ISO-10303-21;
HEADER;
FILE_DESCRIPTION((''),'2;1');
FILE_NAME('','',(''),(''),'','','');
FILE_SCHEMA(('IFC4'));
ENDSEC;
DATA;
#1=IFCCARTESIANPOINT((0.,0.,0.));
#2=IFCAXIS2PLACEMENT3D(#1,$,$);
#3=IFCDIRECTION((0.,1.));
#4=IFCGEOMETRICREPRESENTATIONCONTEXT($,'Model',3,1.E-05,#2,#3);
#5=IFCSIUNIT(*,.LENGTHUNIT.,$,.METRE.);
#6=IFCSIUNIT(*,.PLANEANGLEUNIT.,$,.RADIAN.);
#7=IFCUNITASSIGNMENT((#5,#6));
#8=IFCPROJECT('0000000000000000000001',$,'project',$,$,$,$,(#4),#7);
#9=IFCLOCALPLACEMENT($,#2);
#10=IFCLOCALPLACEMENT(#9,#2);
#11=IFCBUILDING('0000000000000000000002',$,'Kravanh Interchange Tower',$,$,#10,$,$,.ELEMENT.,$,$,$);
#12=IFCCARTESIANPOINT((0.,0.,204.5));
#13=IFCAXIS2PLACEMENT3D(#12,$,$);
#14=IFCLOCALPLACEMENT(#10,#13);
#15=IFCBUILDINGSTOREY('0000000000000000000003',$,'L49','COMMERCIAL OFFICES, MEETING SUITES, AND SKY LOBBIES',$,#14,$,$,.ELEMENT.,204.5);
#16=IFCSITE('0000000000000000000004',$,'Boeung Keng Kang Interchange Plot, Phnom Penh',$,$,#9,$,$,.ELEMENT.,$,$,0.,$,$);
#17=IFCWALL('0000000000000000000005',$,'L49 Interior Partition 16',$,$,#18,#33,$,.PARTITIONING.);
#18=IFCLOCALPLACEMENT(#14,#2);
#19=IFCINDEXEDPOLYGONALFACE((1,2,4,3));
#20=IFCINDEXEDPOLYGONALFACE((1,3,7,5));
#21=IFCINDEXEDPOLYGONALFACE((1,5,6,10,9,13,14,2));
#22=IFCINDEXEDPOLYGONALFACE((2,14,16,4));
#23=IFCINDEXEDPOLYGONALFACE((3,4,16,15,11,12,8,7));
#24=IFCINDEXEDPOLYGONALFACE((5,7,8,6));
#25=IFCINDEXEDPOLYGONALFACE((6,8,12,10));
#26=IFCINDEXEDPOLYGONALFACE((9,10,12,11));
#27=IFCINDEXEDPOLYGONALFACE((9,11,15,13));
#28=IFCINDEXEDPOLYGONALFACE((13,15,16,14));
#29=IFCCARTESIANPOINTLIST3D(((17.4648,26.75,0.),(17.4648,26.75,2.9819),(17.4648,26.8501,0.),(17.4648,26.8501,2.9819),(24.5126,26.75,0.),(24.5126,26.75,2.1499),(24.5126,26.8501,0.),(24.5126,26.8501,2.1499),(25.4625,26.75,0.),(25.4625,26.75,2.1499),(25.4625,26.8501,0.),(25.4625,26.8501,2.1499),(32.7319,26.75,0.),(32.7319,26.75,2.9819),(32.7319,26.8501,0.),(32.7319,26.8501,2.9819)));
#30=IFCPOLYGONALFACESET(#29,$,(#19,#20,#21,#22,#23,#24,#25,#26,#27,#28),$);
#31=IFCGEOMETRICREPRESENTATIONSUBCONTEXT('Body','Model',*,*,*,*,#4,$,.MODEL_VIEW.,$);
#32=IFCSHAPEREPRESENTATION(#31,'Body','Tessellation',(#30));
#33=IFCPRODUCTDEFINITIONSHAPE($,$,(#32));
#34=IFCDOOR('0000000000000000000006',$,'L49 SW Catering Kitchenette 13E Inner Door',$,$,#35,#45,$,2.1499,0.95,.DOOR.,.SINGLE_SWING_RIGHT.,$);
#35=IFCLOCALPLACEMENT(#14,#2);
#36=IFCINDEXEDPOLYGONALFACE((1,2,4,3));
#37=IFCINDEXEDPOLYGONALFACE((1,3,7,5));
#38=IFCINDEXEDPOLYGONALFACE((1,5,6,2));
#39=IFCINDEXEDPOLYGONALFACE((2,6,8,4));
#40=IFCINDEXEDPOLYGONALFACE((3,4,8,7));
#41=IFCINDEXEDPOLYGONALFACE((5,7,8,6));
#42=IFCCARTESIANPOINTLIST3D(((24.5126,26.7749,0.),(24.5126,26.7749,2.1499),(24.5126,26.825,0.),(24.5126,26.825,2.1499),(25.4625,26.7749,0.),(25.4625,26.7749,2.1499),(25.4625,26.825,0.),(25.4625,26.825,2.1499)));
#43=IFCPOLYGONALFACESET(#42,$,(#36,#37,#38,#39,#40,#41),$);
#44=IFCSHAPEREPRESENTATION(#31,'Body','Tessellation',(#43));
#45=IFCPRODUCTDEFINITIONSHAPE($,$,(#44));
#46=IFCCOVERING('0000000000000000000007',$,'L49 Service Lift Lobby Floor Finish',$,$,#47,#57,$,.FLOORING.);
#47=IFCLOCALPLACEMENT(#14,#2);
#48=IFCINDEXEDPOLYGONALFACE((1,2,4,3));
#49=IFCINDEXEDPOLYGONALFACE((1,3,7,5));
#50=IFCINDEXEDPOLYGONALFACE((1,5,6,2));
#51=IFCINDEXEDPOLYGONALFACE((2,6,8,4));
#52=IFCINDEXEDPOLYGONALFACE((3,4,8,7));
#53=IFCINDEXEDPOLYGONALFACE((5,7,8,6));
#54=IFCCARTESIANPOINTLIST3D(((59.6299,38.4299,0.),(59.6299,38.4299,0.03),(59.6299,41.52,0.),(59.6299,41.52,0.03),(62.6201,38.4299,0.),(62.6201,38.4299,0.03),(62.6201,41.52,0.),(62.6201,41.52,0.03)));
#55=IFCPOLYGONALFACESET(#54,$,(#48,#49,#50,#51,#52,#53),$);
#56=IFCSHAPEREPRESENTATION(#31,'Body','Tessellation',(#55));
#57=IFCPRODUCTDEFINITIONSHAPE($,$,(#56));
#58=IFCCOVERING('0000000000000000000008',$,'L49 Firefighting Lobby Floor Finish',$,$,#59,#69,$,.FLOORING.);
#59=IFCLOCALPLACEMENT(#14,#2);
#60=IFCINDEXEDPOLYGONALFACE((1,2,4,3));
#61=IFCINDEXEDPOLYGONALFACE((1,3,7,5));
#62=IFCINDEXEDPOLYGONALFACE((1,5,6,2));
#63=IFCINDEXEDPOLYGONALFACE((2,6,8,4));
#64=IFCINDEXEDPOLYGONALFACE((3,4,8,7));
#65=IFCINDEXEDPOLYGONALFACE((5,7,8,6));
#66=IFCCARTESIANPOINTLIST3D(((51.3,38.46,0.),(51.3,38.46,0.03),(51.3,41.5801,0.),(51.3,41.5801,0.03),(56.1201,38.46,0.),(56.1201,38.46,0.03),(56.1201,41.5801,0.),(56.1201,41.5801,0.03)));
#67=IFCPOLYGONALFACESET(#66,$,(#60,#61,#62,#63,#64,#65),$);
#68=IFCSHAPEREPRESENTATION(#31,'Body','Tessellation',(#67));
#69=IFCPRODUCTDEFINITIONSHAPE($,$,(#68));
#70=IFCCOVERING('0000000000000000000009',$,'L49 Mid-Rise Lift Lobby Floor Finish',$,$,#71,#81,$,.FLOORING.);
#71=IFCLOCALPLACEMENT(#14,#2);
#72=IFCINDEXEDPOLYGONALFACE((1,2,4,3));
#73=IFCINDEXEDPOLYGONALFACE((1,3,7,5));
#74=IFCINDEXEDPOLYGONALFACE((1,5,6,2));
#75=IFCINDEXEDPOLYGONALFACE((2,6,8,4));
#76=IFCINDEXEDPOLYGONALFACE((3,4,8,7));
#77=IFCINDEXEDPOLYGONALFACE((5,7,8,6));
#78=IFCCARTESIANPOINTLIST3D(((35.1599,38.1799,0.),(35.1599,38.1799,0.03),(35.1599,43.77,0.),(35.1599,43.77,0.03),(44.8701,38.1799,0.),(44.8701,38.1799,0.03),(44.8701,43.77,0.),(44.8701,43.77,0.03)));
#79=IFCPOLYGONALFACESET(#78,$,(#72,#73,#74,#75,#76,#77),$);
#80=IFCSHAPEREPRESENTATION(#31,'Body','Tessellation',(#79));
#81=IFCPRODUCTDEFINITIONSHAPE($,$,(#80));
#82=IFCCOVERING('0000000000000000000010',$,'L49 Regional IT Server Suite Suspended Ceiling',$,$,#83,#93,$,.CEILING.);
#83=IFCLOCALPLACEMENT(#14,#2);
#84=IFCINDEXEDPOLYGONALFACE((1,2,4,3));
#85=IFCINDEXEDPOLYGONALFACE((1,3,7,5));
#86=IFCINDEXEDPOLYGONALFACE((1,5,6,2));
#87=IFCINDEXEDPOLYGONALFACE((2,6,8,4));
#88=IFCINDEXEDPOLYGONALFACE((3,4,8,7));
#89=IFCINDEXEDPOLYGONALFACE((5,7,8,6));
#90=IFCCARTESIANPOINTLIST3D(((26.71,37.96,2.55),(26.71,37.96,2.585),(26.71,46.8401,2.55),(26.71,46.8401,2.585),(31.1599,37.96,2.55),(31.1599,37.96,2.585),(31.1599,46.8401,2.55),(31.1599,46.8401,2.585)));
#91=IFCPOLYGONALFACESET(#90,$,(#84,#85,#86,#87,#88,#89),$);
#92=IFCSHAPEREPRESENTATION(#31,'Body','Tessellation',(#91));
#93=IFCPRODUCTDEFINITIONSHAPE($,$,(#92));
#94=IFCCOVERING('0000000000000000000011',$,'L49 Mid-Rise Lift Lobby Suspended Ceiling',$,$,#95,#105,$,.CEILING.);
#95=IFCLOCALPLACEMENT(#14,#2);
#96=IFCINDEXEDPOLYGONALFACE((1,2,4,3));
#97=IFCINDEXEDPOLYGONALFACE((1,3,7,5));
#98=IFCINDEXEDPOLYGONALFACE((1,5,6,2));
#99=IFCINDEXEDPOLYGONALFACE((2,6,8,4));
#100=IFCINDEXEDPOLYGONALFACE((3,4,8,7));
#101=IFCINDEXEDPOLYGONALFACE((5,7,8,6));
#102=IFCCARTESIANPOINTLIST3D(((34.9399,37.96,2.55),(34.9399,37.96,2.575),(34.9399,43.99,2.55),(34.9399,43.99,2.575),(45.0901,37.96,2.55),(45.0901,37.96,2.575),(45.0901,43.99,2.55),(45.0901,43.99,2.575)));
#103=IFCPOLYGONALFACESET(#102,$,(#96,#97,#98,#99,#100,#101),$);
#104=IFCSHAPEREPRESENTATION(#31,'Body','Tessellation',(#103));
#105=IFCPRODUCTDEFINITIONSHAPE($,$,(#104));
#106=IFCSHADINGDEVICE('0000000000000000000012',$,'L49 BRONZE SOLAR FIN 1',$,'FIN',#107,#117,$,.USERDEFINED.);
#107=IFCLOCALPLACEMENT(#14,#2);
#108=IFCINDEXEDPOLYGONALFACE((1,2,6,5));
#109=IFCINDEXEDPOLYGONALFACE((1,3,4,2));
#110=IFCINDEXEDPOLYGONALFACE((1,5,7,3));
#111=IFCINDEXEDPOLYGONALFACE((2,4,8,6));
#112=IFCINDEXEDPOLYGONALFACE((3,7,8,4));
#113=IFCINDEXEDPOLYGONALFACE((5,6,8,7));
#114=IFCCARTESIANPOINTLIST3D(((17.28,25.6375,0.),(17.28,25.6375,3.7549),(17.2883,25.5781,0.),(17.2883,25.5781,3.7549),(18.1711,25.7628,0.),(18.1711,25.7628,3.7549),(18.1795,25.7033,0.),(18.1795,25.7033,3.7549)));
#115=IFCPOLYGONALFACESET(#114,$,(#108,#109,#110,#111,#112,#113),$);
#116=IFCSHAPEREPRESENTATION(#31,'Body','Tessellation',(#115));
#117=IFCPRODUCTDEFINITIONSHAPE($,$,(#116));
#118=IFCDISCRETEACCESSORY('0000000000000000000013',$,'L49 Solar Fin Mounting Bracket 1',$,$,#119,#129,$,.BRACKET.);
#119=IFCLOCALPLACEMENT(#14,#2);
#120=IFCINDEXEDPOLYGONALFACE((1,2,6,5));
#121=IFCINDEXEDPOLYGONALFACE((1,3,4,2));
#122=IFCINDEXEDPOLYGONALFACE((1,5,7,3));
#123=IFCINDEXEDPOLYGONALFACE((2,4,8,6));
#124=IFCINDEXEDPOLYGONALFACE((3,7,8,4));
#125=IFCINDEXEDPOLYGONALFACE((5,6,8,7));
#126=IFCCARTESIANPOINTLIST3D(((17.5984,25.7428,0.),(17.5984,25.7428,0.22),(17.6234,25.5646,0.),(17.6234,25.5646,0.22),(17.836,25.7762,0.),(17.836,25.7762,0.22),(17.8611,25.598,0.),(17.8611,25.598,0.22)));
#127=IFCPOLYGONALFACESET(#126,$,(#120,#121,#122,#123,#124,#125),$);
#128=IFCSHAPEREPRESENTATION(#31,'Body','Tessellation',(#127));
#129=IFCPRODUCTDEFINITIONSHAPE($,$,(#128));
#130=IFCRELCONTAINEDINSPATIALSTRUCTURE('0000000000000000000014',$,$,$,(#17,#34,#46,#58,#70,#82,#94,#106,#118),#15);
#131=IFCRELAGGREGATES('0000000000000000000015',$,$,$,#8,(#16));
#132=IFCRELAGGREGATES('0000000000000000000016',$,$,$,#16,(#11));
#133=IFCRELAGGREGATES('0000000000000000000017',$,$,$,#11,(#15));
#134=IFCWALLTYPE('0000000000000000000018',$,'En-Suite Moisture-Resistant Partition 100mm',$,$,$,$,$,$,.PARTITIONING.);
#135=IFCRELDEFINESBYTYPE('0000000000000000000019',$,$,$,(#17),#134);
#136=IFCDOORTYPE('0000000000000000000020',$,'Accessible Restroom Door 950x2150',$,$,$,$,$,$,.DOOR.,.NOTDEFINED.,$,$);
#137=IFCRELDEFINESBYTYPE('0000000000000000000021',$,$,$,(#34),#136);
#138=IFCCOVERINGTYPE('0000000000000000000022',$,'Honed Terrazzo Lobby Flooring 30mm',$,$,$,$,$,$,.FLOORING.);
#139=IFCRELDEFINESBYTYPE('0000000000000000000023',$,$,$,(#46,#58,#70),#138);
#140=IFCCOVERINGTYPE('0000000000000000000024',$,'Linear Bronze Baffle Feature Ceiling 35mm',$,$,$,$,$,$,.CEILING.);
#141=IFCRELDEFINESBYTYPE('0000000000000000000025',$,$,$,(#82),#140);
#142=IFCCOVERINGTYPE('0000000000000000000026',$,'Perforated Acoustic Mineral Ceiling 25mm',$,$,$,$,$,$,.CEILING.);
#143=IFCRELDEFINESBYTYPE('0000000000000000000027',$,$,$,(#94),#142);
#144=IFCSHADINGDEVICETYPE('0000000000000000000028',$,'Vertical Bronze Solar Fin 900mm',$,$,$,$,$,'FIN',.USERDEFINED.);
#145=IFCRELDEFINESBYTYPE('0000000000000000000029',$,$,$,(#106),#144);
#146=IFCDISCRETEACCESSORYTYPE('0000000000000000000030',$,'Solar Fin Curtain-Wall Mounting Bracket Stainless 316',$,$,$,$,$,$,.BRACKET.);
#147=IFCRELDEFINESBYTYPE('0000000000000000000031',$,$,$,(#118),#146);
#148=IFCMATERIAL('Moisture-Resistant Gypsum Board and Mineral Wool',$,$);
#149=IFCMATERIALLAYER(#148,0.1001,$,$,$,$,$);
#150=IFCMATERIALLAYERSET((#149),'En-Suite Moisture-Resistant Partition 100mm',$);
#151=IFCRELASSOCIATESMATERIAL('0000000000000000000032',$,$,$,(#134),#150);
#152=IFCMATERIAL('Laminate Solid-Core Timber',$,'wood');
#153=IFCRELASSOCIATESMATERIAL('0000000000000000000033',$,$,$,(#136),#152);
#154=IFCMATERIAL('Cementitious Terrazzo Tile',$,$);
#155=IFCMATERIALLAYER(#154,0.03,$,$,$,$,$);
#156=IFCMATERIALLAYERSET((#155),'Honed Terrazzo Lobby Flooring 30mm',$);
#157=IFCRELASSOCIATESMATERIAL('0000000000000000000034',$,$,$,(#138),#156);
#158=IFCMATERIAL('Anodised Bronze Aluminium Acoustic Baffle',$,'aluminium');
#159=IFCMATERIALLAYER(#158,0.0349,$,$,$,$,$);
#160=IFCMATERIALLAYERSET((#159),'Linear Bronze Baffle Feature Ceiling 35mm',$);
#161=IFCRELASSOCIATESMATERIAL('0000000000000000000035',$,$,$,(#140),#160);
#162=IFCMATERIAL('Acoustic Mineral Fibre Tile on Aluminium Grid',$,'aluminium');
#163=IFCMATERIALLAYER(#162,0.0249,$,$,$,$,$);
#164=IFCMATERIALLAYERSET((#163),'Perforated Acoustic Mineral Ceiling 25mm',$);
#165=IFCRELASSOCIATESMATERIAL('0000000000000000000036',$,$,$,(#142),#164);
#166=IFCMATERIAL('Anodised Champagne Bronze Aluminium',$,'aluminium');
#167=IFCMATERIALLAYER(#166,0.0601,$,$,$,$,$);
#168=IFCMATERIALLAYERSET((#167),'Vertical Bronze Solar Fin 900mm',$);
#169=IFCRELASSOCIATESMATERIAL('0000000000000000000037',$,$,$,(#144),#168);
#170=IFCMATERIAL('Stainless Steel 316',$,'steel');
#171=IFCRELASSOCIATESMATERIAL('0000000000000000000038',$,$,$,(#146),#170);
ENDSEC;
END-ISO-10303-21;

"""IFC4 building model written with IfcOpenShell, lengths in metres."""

from ifc_helpers import new_model, si_unit, direction, frame, frame_2d, origin, origin_2d, place, context, subcontext, project, spatial, polyline, rectangle, outline, extrude, material, layer, layer_set, type_object, element, fill, save


model = new_model("IFC4")

# Units and contexts
model_context = context("Model", 3, precision=1e-05, world=origin(), true_north=direction((0.0, 1.0)))
body_context = subcontext(model_context, "Body", "Model", "MODEL_VIEW")
ifc_project = project(units=[si_unit("LENGTHUNIT", "METRE"), si_unit("PLANEANGLEUNIT", "RADIAN")], contexts=[model_context])

# Site, building, storey
site_placement = place(None, origin())
site = spatial("IfcSite", under=ifc_project, at=site_placement, Name="Boeung Keng Kang Interchange Plot, Phnom Penh", CompositionType="ELEMENT", RefElevation=0.0)
building_placement = place(site_placement, origin())
building = spatial("IfcBuilding", under=site, at=building_placement, Name="Kravanh Interchange Tower", CompositionType="ELEMENT")
storey_placement = place(building_placement, frame((0.0, 0.0, 204.5)))
storey = spatial("IfcBuildingStorey", under=building, at=storey_placement, Name="L49", Description="COMMERCIAL OFFICES, MEETING SUITES, AND SKY LOBBIES", CompositionType="ELEMENT", Elevation=204.5)

# Wall, opening, door
ifc_material_1 = material(Name="Moisture-Resistant Gypsum Board and Mineral Wool")
ifc_layer_1 = layer(ifc_material_1, 0.1001)
ifc_layer_set_1 = layer_set([ifc_layer_1], Name="En-Suite Moisture-Resistant Partition 100mm")
wall_type = type_object("IfcWallType", Name="En-Suite Moisture-Resistant Partition 100mm", PredefinedType="PARTITIONING", material=ifc_layer_set_1)
wall_placement = place(storey_placement, frame((17.4648, 26.8, 0.0), z_axis=(0.0, 0.0, 1.0), x_axis=(1.0, 0.0, 0.0)))
wall = element("IfcWall", 1, at=wall_placement, inside=storey, type_object=wall_type, Name="L49 Interior Partition 16", PredefinedType="PARTITIONING", context=body_context, shape_type="SweptSolid", body=[
    extrude(rectangle(XDim=15.2671, YDim=0.1001, at=frame_2d((7.6335, 0.0))), origin(), (0.0, 0.0, 1.0), 2.9819),
])
opening_placement = place(wall_placement, frame((7.0476, 0.0, 0.0)))
opening = element("IfcOpeningElement", 2, at=opening_placement, cuts=wall, PredefinedType="OPENING", context=body_context, shape_type="SweptSolid", body=[
    extrude(rectangle(XDim=0.95, YDim=2.1499, at=frame_2d((0.4751, 1.075))), frame((0.0, 0.0601, 0.0), z_axis=(0.0, -1.0, 0.0), x_axis=(1.0, 0.0, 0.0)), (0.0, 0.0, 1.0), 0.1201),
])
ifc_material_2 = material(Name="Laminate Solid-Core Timber", Category="wood")
door_type = type_object("IfcDoorType", Name="Accessible Restroom Door 950x2150", OperationType="NOTDEFINED", PredefinedType="DOOR", material=ifc_material_2)
door_placement = place(opening_placement, origin())
door = element("IfcDoor", 3, at=door_placement, inside=storey, type_object=door_type, Name="L49 SW Catering Kitchenette 13E Inner Door", OperationType="SINGLE_SWING_RIGHT", OverallHeight=2.1499, OverallWidth=0.95, PredefinedType="DOOR", context=body_context, shape_type="SweptSolid", body=[
    extrude(rectangle(XDim=0.95, YDim=2.1499, at=frame_2d((0.4751, 1.075))), frame((0.0, 0.0249, 0.0), z_axis=(0.0, -1.0, 0.0), x_axis=(1.0, 0.0, 0.0)), (0.0, 0.0, 1.0), 0.05),
])
fill(opening, door)

# Coverings
ifc_material_3 = material(Name="Cementitious Terrazzo Tile")
ifc_layer_2 = layer(ifc_material_3, 0.03)
ifc_layer_set_2 = layer_set([ifc_layer_2], Name="Honed Terrazzo Lobby Flooring 30mm")
covering_type_1 = type_object("IfcCoveringType", Name="Honed Terrazzo Lobby Flooring 30mm", PredefinedType="FLOORING", material=ifc_layer_set_2)
covering_1_placement = place(storey_placement, origin())
element("IfcCovering", 4, at=covering_1_placement, inside=storey, type_object=covering_type_1, Name="L49 Service Lift Lobby Floor Finish", PredefinedType="FLOORING", context=body_context, shape_type="SweptSolid", body=[
    extrude(outline(polyline([(59.6299, 41.52), (62.6201, 41.52), (62.6201, 38.4299), (59.6299, 38.4299), (59.6299, 41.52)])), origin(), (0.0, 0.0, 1.0), 0.03),
])
covering_2_placement = place(storey_placement, origin())
element("IfcCovering", 5, at=covering_2_placement, inside=storey, type_object=covering_type_1, Name="L49 Firefighting Lobby Floor Finish", PredefinedType="FLOORING", context=body_context, shape_type="SweptSolid", body=[
    extrude(outline(polyline([(56.1201, 38.46), (51.3, 38.46), (51.3, 41.5801), (56.1201, 41.5801), (56.1201, 38.46)])), origin(), (0.0, 0.0, 1.0), 0.03),
])
covering_3_placement = place(storey_placement, origin())
element("IfcCovering", 6, at=covering_3_placement, inside=storey, type_object=covering_type_1, Name="L49 Mid-Rise Lift Lobby Floor Finish", PredefinedType="FLOORING", context=body_context, shape_type="SweptSolid", body=[
    extrude(outline(polyline([(35.1599, 43.77), (44.8701, 43.77), (44.8701, 38.1799), (35.1599, 38.1799), (35.1599, 43.77)])), origin(), (0.0, 0.0, 1.0), 0.03),
])
ifc_material_4 = material(Name="Anodised Bronze Aluminium Acoustic Baffle", Category="aluminium")
ifc_layer_3 = layer(ifc_material_4, 0.0349)
ifc_layer_set_3 = layer_set([ifc_layer_3], Name="Linear Bronze Baffle Feature Ceiling 35mm")
covering_type_2 = type_object("IfcCoveringType", Name="Linear Bronze Baffle Feature Ceiling 35mm", PredefinedType="CEILING", material=ifc_layer_set_3)
covering_4_placement = place(storey_placement, frame((0.0, 0.0, 2.55)))
element("IfcCovering", 7, at=covering_4_placement, inside=storey, type_object=covering_type_2, Name="L49 Regional IT Server Suite Suspended Ceiling", PredefinedType="CEILING", context=body_context, shape_type="SweptSolid", body=[
    extrude(outline(polyline([(31.1599, 37.96), (26.71, 37.96), (26.71, 46.8401), (31.1599, 46.8401), (31.1599, 37.96)])), origin(), (0.0, 0.0, 1.0), 0.0349),
])
ifc_material_5 = material(Name="Acoustic Mineral Fibre Tile on Aluminium Grid", Category="aluminium")
ifc_layer_4 = layer(ifc_material_5, 0.0249)
ifc_layer_set_4 = layer_set([ifc_layer_4], Name="Perforated Acoustic Mineral Ceiling 25mm")
covering_type_3 = type_object("IfcCoveringType", Name="Perforated Acoustic Mineral Ceiling 25mm", PredefinedType="CEILING", material=ifc_layer_set_4)
covering_5_placement = place(storey_placement, frame((0.0, 0.0, 2.55)))
element("IfcCovering", 8, at=covering_5_placement, inside=storey, type_object=covering_type_3, Name="L49 Mid-Rise Lift Lobby Suspended Ceiling", PredefinedType="CEILING", context=body_context, shape_type="SweptSolid", body=[
    extrude(outline(polyline([(45.0901, 37.96), (34.9399, 37.96), (34.9399, 43.99), (45.0901, 43.99), (45.0901, 37.96)])), origin(), (0.0, 0.0, 1.0), 0.0249),
])

# Shading device
ifc_material_6 = material(Name="Anodised Champagne Bronze Aluminium", Category="aluminium")
ifc_layer_5 = layer(ifc_material_6, 0.0601)
ifc_layer_set_5 = layer_set([ifc_layer_5], Name="Vertical Bronze Solar Fin 900mm")
shading_device_type = type_object("IfcShadingDeviceType", Name="Vertical Bronze Solar Fin 900mm", ElementType="FIN", PredefinedType="USERDEFINED", material=ifc_layer_set_5)
shading_device_placement = place(storey_placement, frame((17.7297, 25.6704, 0.0), z_axis=(0.0, 0.0, 1.0), x_axis=(-0.990268, -0.139172, 0.0)))
element("IfcShadingDevice", 9, at=shading_device_placement, inside=storey, type_object=shading_device_type, Name="L49 BRONZE SOLAR FIN 1", ObjectType="FIN", PredefinedType="USERDEFINED", context=body_context, shape_type="SweptSolid", body=[
    extrude(rectangle(XDim=0.8999, YDim=0.0601, at=origin_2d()), origin(), (0.0, 0.0, 1.0), 3.7549),
])

# Discrete accessory
ifc_material_7 = material(Name="Stainless Steel 316", Category="steel")
discrete_accessory_type = type_object("IfcDiscreteAccessoryType", Name="Solar Fin Curtain-Wall Mounting Bracket Stainless 316", PredefinedType="BRACKET", material=ifc_material_7)
discrete_accessory_placement = place(storey_placement, frame((17.7297, 25.6704, 0.0), z_axis=(0.0, 0.0, 1.0), x_axis=(-0.990268, -0.139172, 0.0)))
element("IfcDiscreteAccessory", 10, at=discrete_accessory_placement, inside=storey, type_object=discrete_accessory_type, Name="L49 Solar Fin Mounting Bracket 1", PredefinedType="BRACKET", context=body_context, shape_type="SweptSolid", body=[
    extrude(rectangle(XDim=0.24, YDim=0.1799, at=origin_2d()), origin(), (0.0, 0.0, 1.0), 0.22),
])

save(model, "model.ifc")
